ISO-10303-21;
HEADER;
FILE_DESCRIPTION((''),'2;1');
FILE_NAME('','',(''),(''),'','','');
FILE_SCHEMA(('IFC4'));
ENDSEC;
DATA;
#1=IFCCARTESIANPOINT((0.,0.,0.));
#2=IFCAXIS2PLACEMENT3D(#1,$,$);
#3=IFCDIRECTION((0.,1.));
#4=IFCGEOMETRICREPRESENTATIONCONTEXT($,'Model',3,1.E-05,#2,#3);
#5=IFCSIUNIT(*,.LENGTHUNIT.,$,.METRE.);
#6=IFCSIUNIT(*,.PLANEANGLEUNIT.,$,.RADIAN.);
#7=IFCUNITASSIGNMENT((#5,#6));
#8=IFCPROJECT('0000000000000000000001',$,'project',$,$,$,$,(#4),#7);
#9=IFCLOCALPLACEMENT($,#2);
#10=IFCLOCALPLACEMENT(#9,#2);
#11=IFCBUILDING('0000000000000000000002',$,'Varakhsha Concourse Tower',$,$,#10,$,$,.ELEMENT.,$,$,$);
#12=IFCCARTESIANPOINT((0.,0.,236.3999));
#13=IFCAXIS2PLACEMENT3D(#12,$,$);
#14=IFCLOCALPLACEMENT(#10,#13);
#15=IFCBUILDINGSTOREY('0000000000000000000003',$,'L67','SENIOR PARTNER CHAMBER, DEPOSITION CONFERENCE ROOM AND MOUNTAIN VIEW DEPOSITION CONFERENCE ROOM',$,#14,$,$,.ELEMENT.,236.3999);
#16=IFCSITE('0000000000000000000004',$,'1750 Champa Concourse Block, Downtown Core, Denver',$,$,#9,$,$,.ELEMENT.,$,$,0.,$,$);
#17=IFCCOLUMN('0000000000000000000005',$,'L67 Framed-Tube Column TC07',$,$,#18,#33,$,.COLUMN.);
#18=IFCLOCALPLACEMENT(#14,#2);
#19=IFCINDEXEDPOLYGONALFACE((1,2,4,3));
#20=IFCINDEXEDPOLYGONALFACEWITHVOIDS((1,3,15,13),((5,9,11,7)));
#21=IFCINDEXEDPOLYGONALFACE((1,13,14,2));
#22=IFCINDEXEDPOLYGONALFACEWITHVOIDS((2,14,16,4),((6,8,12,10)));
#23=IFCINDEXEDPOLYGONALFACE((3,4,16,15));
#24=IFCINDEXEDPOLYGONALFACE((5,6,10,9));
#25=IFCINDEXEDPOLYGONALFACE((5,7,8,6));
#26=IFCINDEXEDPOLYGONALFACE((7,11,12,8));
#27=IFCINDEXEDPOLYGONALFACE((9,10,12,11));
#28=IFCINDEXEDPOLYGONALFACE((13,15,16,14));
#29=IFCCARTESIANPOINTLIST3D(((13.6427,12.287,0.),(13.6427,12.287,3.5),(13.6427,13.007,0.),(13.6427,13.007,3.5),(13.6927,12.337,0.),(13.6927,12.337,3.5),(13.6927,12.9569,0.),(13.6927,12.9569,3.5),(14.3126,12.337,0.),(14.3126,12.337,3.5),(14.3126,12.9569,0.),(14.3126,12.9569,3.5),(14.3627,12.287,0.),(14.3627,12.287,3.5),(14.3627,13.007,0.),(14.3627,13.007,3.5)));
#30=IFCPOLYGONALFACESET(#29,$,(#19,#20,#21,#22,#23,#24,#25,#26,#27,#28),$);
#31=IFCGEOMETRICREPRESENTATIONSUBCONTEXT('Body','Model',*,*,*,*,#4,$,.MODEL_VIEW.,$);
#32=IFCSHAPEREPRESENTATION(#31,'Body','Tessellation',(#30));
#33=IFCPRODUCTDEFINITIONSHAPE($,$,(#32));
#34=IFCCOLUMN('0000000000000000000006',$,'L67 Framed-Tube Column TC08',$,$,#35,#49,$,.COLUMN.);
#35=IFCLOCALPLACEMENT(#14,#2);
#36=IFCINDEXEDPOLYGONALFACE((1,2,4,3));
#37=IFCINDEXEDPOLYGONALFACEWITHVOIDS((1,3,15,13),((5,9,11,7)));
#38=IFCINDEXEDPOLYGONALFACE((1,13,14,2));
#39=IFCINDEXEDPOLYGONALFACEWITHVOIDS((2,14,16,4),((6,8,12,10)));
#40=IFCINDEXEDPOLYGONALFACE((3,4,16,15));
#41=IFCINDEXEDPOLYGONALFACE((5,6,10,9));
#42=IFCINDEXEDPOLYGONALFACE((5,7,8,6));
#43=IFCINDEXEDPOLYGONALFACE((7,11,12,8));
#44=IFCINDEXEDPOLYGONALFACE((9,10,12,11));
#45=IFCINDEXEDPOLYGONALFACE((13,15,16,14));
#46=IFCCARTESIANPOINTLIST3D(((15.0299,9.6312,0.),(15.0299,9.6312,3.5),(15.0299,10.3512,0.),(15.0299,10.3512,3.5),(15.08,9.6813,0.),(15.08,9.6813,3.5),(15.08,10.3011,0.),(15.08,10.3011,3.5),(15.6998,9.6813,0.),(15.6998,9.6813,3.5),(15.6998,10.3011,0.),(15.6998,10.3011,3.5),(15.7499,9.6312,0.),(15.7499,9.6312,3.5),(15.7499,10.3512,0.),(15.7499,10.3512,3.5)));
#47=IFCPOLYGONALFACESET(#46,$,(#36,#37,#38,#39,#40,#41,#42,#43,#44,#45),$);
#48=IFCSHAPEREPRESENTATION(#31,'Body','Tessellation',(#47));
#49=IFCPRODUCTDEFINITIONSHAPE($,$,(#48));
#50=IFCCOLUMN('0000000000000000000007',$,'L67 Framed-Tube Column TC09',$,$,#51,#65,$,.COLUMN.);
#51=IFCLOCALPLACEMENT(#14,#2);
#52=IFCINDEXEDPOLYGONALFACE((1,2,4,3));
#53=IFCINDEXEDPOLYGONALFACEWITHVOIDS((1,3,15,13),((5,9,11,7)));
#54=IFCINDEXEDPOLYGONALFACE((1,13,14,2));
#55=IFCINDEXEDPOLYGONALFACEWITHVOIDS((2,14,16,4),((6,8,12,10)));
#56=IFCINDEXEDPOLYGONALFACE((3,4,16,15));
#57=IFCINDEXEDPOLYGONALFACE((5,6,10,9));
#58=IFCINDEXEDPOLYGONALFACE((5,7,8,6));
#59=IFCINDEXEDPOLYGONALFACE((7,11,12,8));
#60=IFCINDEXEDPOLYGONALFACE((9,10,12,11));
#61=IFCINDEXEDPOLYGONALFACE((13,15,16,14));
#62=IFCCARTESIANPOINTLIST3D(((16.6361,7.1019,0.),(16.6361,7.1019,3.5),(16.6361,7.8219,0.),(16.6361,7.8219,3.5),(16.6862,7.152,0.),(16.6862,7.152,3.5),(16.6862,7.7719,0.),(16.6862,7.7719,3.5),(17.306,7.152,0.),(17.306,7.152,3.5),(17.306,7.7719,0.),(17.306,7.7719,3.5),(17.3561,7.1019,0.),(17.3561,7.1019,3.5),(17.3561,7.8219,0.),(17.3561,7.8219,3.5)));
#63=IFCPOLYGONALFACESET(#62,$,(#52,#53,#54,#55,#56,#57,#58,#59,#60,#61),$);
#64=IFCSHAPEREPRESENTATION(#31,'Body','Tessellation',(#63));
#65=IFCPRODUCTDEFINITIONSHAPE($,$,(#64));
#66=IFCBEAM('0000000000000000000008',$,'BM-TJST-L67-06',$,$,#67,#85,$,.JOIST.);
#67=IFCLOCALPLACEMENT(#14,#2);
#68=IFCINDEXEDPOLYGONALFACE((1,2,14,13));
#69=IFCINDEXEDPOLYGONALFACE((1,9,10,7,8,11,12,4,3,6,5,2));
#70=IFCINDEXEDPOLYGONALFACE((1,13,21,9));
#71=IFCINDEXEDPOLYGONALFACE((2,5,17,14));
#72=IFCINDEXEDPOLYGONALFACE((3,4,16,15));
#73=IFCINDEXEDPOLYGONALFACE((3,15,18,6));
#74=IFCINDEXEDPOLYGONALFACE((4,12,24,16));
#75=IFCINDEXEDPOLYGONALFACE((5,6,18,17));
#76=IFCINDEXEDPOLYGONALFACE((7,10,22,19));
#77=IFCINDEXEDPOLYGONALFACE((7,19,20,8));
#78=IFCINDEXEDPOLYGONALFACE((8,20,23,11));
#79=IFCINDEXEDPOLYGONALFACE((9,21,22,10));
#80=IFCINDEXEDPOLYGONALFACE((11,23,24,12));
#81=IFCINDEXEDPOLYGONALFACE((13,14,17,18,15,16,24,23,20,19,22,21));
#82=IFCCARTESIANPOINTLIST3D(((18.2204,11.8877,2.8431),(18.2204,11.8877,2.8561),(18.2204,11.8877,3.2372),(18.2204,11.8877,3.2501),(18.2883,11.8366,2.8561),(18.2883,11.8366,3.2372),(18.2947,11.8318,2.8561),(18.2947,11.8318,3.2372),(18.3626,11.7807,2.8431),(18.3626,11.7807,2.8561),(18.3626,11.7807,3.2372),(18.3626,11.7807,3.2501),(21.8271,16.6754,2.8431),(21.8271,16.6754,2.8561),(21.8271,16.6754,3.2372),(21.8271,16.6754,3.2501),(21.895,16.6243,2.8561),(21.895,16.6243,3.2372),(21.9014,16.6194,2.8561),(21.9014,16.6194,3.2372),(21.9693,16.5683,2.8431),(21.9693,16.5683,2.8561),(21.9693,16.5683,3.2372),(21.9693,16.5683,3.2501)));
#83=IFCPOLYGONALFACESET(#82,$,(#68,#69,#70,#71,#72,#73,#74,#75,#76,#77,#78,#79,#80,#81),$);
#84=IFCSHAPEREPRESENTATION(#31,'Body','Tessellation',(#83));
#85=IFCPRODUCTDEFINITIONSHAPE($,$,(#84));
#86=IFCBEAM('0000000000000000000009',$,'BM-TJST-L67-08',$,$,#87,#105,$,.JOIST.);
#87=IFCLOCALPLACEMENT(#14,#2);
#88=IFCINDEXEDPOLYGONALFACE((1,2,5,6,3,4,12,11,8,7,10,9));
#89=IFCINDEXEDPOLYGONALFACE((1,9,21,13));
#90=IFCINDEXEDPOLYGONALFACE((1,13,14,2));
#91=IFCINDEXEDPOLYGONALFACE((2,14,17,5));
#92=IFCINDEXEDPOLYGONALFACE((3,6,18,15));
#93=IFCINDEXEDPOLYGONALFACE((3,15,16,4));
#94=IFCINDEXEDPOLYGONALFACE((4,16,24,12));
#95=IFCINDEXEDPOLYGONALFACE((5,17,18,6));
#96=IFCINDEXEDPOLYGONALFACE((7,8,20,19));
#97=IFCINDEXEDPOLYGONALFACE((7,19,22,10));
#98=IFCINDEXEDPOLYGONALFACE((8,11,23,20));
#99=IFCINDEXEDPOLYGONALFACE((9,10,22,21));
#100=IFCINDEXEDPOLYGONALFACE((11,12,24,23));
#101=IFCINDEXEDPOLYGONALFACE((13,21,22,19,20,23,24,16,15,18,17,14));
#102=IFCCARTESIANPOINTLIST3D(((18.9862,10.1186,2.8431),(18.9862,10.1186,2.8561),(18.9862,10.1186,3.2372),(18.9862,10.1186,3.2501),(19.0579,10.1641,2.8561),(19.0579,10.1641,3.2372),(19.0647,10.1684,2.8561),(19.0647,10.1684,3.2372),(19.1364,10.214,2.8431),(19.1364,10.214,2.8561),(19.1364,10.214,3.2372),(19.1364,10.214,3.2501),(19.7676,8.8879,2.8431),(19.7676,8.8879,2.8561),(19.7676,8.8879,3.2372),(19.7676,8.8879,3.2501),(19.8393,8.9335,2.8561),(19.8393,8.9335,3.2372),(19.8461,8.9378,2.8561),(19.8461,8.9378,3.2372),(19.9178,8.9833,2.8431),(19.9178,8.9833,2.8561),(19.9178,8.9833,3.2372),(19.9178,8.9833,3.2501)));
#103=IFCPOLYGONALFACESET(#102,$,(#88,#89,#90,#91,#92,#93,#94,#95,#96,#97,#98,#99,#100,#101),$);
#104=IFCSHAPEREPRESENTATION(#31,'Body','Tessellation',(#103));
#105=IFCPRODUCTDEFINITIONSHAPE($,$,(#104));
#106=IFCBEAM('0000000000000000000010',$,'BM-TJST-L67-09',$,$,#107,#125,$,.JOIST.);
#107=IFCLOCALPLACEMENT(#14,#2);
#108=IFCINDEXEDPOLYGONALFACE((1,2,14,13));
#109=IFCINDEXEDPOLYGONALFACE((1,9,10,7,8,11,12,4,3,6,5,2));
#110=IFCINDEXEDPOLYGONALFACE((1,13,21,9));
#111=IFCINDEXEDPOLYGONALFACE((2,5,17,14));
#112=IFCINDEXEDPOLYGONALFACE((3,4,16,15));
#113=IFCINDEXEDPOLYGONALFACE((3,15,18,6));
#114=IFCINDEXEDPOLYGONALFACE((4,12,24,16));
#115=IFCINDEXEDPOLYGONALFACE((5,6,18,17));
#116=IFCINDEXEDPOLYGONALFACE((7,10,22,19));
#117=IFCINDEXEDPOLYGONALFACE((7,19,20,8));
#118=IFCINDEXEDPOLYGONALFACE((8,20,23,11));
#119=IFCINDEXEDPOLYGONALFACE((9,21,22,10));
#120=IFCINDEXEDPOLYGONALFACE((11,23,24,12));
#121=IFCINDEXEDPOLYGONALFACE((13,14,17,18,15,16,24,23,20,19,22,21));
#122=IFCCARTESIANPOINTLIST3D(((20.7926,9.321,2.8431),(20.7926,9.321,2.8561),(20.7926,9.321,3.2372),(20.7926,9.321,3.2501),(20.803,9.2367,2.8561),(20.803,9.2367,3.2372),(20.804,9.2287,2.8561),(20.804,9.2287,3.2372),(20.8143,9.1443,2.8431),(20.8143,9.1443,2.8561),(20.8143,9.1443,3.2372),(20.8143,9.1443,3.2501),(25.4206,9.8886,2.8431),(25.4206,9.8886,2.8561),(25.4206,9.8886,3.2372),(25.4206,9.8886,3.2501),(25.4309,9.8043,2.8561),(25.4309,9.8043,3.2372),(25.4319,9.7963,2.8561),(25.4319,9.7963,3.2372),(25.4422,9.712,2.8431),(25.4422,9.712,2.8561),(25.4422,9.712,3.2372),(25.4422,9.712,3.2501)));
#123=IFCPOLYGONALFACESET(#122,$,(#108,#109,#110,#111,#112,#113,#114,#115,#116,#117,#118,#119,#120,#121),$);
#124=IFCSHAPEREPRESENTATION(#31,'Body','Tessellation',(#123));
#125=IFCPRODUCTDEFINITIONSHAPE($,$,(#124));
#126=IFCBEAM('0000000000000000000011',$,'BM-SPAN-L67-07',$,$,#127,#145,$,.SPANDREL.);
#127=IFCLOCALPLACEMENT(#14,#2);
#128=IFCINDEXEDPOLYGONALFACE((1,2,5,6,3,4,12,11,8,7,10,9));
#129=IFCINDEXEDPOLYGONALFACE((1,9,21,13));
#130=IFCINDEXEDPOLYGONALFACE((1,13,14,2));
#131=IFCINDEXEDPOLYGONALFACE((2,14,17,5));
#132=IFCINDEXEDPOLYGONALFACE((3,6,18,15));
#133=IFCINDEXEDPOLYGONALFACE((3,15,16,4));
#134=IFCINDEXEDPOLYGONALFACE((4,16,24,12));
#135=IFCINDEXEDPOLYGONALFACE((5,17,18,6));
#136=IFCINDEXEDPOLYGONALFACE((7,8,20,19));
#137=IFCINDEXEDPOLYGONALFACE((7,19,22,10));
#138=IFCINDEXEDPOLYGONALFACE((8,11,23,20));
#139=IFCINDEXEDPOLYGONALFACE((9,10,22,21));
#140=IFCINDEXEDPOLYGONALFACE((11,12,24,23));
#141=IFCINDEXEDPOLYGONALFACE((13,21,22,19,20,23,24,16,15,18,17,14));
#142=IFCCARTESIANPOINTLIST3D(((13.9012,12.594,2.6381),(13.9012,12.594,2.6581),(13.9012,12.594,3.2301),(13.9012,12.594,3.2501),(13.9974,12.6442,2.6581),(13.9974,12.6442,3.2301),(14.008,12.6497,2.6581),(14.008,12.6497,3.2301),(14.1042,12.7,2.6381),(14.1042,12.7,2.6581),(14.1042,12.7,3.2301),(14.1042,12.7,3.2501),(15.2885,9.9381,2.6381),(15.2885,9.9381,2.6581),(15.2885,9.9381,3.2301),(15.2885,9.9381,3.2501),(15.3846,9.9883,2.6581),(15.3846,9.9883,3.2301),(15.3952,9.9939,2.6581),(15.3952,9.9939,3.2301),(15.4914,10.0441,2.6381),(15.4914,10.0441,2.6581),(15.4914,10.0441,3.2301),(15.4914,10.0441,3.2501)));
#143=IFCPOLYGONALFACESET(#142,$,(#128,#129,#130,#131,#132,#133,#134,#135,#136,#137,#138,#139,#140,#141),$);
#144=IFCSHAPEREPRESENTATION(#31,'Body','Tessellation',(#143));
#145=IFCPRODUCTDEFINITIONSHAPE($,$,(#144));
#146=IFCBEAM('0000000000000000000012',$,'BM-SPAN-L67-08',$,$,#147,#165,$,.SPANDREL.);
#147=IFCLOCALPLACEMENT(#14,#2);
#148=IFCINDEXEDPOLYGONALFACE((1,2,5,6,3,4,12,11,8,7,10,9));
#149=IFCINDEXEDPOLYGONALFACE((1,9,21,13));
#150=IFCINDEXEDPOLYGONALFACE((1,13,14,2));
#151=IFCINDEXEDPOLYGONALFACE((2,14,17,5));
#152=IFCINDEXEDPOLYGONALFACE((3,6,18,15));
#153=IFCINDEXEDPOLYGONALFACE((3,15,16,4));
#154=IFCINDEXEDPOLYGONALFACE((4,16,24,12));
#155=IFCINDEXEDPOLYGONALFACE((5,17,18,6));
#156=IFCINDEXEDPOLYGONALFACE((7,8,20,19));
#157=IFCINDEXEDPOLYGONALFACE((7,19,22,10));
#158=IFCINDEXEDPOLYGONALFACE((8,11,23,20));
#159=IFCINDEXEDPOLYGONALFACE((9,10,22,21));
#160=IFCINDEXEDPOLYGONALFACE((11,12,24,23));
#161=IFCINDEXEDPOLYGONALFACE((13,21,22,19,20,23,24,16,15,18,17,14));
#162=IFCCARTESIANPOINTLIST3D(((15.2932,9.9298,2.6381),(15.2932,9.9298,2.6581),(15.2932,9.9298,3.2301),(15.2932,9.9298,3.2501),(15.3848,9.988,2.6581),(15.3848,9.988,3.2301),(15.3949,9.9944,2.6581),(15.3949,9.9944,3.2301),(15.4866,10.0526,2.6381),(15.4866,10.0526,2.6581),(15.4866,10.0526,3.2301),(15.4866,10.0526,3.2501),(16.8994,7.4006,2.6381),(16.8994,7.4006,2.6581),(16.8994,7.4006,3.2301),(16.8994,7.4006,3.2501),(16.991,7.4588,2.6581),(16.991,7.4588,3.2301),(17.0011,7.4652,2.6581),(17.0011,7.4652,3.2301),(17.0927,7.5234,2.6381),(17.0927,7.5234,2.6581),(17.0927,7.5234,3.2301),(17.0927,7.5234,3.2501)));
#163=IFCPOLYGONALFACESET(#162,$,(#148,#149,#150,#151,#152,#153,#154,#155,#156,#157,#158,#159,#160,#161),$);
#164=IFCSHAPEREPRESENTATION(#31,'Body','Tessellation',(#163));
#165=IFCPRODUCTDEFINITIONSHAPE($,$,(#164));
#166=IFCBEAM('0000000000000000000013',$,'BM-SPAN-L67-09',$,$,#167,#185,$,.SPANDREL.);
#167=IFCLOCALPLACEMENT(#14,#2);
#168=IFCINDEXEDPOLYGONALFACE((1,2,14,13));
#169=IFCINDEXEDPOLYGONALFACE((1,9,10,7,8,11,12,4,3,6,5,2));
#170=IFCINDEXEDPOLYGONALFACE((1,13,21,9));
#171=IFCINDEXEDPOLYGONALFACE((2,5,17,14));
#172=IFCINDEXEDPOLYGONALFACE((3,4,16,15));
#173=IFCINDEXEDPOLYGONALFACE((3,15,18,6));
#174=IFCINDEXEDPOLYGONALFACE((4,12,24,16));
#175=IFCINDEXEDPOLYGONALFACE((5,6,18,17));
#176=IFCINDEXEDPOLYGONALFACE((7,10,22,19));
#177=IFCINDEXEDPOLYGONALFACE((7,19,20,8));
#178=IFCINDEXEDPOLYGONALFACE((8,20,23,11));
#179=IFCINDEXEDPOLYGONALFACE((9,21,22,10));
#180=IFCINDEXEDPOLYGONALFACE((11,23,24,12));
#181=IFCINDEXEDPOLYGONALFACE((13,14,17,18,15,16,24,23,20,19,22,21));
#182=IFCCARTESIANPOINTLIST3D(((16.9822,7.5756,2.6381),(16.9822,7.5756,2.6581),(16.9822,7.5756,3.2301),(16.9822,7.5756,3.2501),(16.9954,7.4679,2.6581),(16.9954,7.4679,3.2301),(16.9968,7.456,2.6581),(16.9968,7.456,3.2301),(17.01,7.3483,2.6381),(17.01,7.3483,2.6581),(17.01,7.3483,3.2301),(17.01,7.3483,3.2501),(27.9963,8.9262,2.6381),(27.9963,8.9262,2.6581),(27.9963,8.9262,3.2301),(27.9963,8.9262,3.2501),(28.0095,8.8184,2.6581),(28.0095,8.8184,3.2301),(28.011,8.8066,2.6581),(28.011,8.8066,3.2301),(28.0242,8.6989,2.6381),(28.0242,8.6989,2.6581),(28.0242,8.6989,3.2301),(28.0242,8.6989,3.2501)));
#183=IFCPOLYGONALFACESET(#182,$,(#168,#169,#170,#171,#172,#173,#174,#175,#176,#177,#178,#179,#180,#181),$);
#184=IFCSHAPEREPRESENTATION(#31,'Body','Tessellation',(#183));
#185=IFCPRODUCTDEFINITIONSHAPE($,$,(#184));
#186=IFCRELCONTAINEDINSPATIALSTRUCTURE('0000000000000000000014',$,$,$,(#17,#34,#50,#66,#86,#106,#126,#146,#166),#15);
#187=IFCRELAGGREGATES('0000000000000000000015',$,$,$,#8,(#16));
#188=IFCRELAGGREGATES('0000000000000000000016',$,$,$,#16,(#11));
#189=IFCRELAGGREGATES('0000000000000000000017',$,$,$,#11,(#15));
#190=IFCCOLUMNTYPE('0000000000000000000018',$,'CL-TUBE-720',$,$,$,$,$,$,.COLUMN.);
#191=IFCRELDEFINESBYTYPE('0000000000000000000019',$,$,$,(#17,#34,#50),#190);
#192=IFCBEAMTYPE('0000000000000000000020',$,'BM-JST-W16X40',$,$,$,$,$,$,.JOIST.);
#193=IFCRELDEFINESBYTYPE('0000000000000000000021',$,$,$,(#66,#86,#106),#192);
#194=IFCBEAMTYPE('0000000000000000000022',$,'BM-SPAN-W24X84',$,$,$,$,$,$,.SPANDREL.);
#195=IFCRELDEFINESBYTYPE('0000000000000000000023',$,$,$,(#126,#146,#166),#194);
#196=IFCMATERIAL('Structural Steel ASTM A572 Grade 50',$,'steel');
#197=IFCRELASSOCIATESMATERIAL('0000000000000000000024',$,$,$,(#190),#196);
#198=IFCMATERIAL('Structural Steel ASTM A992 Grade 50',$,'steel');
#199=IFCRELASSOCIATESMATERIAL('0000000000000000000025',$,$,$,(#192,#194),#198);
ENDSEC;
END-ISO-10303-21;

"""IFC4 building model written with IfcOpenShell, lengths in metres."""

from ifc_helpers import new_model, si_unit, direction, frame, origin, origin_2d, place, context, subcontext, project, spatial, hollow_rectangle, i_section, extrude, material, material_profile, profile_set, type_object, element, save


model = new_model("IFC4")

# Units and contexts
model_context = context("Model", 3, precision=1e-05, world=origin(), true_north=direction((0.0, 1.0)))
body_context = subcontext(model_context, "Body", "Model", "MODEL_VIEW")
ifc_project = project(units=[si_unit("LENGTHUNIT", "METRE"), si_unit("PLANEANGLEUNIT", "RADIAN")], contexts=[model_context])

# Site, building, storey
site_placement = place(None, origin())
site = spatial("IfcSite", under=ifc_project, at=site_placement, Name="1750 Champa Concourse Block, Downtown Core, Denver", CompositionType="ELEMENT", RefElevation=0.0)
building_placement = place(site_placement, origin())
building = spatial("IfcBuilding", under=site, at=building_placement, Name="Varakhsha Concourse Tower", CompositionType="ELEMENT")
storey_placement = place(building_placement, frame((0.0, 0.0, 236.3999)))
storey = spatial("IfcBuildingStorey", under=building, at=storey_placement, Name="L67", Description="SENIOR PARTNER CHAMBER, DEPOSITION CONFERENCE ROOM AND MOUNTAIN VIEW DEPOSITION CONFERENCE ROOM", CompositionType="ELEMENT", Elevation=236.3999)

# Columns
ifc_material_1 = material(Name="Structural Steel ASTM A572 Grade 50", Category="steel")
ifc_material_profile_1 = material_profile(ifc_material_1, hollow_rectangle(XDim=0.72, YDim=0.72, WallThickness=0.05, at=origin_2d()), Name="BOX 720x720x50")
ifc_profile_set_1 = profile_set([ifc_material_profile_1], Name="Structural Steel ASTM A572 Grade 50")
column_type = type_object("IfcColumnType", Name="CL-TUBE-720", PredefinedType="COLUMN", material=ifc_profile_set_1)
for number, where, z_axis, x_axis, name in (
    (1, (14.0027, 12.647, 0.0), (0.0, 0.0, 1.0), (1.0, 0.0, 0.0), "L67 Framed-Tube Column TC07"),
    (2, (15.3899, 9.9912, 0.0), (0.0, 0.0, 1.0), (1.0, 0.0, 0.0), "L67 Framed-Tube Column TC08"),
    (3, (16.9961, 7.4619, 0.0), (0.0, 0.0, 1.0), (1.0, 0.0, 0.0), "L67 Framed-Tube Column TC09"),
):
    element("IfcColumn", number, at=place(storey_placement, frame(where, z_axis=z_axis, x_axis=x_axis)), inside=storey, type_object=column_type, Name=name, PredefinedType="COLUMN", context=body_context, shape_type="SweptSolid", body=[
        extrude(hollow_rectangle(XDim=0.72, YDim=0.72, WallThickness=0.05, at=origin_2d()), origin(), (0.0, 0.0, 1.0), 3.5),
    ])

# Beams
ifc_material_2 = material(Name="Structural Steel ASTM A992 Grade 50", Category="steel")
ifc_material_profile_2 = material_profile(ifc_material_2, i_section(OverallWidth=0.178, OverallDepth=0.407, WebThickness=0.0081, FlangeThickness=0.0129, at=origin_2d()), Name="W16X40")
ifc_profile_set_2 = profile_set([ifc_material_profile_2], Name="Structural Steel ASTM A992 Grade 50")
beam_type_1 = type_object("IfcBeamType", Name="BM-JST-W16X40", PredefinedType="JOIST", material=ifc_profile_set_2)
beam_1_placement = place(storey_placement, frame((21.8982, 16.6218, 3.0466), z_axis=(-0.601706, -0.798718, 0.0), x_axis=(0.798718, -0.601706, 0.0)))
element("IfcBeam", 4, at=beam_1_placement, inside=storey, type_object=beam_type_1, Name="BM-TJST-L67-06", PredefinedType="JOIST", context=body_context, shape_type="SweptSolid", body=[
    extrude(i_section(OverallWidth=0.178, OverallDepth=0.407, WebThickness=0.0081, FlangeThickness=0.0129, at=origin_2d()), origin(), (0.0, 0.0, 1.0), 5.9941),
])
beam_2_placement = place(storey_placement, frame((19.0613, 10.1663, 3.0466), z_axis=(0.536052, -0.844185, 0.0), x_axis=(0.844185, 0.536052, 0.0)))
element("IfcBeam", 5, at=beam_2_placement, inside=storey, type_object=beam_type_1, Name="BM-TJST-L67-08", PredefinedType="JOIST", context=body_context, shape_type="SweptSolid", body=[
    extrude(i_section(OverallWidth=0.178, OverallDepth=0.407, WebThickness=0.0081, FlangeThickness=0.0129, at=origin_2d()), origin(), (0.0, 0.0, 1.0), 1.4578),
])
beam_3_placement = place(storey_placement, frame((20.8035, 9.2327, 3.0466), z_axis=(0.992562, 0.12174, 0.0), x_axis=(-0.12174, 0.992562, 0.0)))
element("IfcBeam", 6, at=beam_3_placement, inside=storey, type_object=beam_type_1, Name="BM-TJST-L67-09", PredefinedType="JOIST", context=body_context, shape_type="SweptSolid", body=[
    extrude(i_section(OverallWidth=0.178, OverallDepth=0.407, WebThickness=0.0081, FlangeThickness=0.0129, at=origin_2d()), origin(), (0.0, 0.0, 1.0), 4.6626),
])
ifc_material_profile_3 = material_profile(ifc_material_2, i_section(OverallWidth=0.229, OverallDepth=0.6121, WebThickness=0.012, FlangeThickness=0.02, at=origin_2d()), Name="W24X84")
ifc_profile_set_3 = profile_set([ifc_material_profile_3], Name="Structural Steel ASTM A992 Grade 50")
beam_type_2 = type_object("IfcBeamType", Name="BM-SPAN-W24X84", PredefinedType="SPANDREL", material=ifc_profile_set_3)
beam_4_placement = place(storey_placement, frame((14.0027, 12.647, 2.9441), z_axis=(0.462984, -0.886367, 0.0), x_axis=(0.886367, 0.462984, 0.0)))
element("IfcBeam", 7, at=beam_4_placement, inside=storey, type_object=beam_type_2, Name="BM-SPAN-L67-07", PredefinedType="SPANDREL", context=body_context, shape_type="SweptSolid", body=[
    extrude(i_section(OverallWidth=0.229, OverallDepth=0.6121, WebThickness=0.012, FlangeThickness=0.02, at=origin_2d()), origin(), (0.0, 0.0, 1.0), 2.9963),
])
beam_5_placement = place(storey_placement, frame((15.3899, 9.9912, 2.9441), z_axis=(0.536079, -0.844168, 0.0), x_axis=(0.844168, 0.536079, 0.0)))
element("IfcBeam", 8, at=beam_5_placement, inside=storey, type_object=beam_type_2, Name="BM-SPAN-L67-08", PredefinedType="SPANDREL", context=body_context, shape_type="SweptSolid", body=[
    extrude(i_section(OverallWidth=0.229, OverallDepth=0.6121, WebThickness=0.012, FlangeThickness=0.02, at=origin_2d()), origin(), (0.0, 0.0, 1.0), 2.9961),
])
beam_6_placement = place(storey_placement, frame((16.9961, 7.4619, 2.9441), z_axis=(0.992566, 0.121711, 0.0), x_axis=(-0.121711, 0.992566, 0.0)))
element("IfcBeam", 9, at=beam_6_placement, inside=storey, type_object=beam_type_2, Name="BM-SPAN-L67-09", PredefinedType="SPANDREL", context=body_context, shape_type="SweptSolid", body=[
    extrude(i_section(OverallWidth=0.229, OverallDepth=0.6121, WebThickness=0.012, FlangeThickness=0.02, at=origin_2d()), origin(), (0.0, 0.0, 1.0), 11.0967),
])

save(model, "model.ifc")
